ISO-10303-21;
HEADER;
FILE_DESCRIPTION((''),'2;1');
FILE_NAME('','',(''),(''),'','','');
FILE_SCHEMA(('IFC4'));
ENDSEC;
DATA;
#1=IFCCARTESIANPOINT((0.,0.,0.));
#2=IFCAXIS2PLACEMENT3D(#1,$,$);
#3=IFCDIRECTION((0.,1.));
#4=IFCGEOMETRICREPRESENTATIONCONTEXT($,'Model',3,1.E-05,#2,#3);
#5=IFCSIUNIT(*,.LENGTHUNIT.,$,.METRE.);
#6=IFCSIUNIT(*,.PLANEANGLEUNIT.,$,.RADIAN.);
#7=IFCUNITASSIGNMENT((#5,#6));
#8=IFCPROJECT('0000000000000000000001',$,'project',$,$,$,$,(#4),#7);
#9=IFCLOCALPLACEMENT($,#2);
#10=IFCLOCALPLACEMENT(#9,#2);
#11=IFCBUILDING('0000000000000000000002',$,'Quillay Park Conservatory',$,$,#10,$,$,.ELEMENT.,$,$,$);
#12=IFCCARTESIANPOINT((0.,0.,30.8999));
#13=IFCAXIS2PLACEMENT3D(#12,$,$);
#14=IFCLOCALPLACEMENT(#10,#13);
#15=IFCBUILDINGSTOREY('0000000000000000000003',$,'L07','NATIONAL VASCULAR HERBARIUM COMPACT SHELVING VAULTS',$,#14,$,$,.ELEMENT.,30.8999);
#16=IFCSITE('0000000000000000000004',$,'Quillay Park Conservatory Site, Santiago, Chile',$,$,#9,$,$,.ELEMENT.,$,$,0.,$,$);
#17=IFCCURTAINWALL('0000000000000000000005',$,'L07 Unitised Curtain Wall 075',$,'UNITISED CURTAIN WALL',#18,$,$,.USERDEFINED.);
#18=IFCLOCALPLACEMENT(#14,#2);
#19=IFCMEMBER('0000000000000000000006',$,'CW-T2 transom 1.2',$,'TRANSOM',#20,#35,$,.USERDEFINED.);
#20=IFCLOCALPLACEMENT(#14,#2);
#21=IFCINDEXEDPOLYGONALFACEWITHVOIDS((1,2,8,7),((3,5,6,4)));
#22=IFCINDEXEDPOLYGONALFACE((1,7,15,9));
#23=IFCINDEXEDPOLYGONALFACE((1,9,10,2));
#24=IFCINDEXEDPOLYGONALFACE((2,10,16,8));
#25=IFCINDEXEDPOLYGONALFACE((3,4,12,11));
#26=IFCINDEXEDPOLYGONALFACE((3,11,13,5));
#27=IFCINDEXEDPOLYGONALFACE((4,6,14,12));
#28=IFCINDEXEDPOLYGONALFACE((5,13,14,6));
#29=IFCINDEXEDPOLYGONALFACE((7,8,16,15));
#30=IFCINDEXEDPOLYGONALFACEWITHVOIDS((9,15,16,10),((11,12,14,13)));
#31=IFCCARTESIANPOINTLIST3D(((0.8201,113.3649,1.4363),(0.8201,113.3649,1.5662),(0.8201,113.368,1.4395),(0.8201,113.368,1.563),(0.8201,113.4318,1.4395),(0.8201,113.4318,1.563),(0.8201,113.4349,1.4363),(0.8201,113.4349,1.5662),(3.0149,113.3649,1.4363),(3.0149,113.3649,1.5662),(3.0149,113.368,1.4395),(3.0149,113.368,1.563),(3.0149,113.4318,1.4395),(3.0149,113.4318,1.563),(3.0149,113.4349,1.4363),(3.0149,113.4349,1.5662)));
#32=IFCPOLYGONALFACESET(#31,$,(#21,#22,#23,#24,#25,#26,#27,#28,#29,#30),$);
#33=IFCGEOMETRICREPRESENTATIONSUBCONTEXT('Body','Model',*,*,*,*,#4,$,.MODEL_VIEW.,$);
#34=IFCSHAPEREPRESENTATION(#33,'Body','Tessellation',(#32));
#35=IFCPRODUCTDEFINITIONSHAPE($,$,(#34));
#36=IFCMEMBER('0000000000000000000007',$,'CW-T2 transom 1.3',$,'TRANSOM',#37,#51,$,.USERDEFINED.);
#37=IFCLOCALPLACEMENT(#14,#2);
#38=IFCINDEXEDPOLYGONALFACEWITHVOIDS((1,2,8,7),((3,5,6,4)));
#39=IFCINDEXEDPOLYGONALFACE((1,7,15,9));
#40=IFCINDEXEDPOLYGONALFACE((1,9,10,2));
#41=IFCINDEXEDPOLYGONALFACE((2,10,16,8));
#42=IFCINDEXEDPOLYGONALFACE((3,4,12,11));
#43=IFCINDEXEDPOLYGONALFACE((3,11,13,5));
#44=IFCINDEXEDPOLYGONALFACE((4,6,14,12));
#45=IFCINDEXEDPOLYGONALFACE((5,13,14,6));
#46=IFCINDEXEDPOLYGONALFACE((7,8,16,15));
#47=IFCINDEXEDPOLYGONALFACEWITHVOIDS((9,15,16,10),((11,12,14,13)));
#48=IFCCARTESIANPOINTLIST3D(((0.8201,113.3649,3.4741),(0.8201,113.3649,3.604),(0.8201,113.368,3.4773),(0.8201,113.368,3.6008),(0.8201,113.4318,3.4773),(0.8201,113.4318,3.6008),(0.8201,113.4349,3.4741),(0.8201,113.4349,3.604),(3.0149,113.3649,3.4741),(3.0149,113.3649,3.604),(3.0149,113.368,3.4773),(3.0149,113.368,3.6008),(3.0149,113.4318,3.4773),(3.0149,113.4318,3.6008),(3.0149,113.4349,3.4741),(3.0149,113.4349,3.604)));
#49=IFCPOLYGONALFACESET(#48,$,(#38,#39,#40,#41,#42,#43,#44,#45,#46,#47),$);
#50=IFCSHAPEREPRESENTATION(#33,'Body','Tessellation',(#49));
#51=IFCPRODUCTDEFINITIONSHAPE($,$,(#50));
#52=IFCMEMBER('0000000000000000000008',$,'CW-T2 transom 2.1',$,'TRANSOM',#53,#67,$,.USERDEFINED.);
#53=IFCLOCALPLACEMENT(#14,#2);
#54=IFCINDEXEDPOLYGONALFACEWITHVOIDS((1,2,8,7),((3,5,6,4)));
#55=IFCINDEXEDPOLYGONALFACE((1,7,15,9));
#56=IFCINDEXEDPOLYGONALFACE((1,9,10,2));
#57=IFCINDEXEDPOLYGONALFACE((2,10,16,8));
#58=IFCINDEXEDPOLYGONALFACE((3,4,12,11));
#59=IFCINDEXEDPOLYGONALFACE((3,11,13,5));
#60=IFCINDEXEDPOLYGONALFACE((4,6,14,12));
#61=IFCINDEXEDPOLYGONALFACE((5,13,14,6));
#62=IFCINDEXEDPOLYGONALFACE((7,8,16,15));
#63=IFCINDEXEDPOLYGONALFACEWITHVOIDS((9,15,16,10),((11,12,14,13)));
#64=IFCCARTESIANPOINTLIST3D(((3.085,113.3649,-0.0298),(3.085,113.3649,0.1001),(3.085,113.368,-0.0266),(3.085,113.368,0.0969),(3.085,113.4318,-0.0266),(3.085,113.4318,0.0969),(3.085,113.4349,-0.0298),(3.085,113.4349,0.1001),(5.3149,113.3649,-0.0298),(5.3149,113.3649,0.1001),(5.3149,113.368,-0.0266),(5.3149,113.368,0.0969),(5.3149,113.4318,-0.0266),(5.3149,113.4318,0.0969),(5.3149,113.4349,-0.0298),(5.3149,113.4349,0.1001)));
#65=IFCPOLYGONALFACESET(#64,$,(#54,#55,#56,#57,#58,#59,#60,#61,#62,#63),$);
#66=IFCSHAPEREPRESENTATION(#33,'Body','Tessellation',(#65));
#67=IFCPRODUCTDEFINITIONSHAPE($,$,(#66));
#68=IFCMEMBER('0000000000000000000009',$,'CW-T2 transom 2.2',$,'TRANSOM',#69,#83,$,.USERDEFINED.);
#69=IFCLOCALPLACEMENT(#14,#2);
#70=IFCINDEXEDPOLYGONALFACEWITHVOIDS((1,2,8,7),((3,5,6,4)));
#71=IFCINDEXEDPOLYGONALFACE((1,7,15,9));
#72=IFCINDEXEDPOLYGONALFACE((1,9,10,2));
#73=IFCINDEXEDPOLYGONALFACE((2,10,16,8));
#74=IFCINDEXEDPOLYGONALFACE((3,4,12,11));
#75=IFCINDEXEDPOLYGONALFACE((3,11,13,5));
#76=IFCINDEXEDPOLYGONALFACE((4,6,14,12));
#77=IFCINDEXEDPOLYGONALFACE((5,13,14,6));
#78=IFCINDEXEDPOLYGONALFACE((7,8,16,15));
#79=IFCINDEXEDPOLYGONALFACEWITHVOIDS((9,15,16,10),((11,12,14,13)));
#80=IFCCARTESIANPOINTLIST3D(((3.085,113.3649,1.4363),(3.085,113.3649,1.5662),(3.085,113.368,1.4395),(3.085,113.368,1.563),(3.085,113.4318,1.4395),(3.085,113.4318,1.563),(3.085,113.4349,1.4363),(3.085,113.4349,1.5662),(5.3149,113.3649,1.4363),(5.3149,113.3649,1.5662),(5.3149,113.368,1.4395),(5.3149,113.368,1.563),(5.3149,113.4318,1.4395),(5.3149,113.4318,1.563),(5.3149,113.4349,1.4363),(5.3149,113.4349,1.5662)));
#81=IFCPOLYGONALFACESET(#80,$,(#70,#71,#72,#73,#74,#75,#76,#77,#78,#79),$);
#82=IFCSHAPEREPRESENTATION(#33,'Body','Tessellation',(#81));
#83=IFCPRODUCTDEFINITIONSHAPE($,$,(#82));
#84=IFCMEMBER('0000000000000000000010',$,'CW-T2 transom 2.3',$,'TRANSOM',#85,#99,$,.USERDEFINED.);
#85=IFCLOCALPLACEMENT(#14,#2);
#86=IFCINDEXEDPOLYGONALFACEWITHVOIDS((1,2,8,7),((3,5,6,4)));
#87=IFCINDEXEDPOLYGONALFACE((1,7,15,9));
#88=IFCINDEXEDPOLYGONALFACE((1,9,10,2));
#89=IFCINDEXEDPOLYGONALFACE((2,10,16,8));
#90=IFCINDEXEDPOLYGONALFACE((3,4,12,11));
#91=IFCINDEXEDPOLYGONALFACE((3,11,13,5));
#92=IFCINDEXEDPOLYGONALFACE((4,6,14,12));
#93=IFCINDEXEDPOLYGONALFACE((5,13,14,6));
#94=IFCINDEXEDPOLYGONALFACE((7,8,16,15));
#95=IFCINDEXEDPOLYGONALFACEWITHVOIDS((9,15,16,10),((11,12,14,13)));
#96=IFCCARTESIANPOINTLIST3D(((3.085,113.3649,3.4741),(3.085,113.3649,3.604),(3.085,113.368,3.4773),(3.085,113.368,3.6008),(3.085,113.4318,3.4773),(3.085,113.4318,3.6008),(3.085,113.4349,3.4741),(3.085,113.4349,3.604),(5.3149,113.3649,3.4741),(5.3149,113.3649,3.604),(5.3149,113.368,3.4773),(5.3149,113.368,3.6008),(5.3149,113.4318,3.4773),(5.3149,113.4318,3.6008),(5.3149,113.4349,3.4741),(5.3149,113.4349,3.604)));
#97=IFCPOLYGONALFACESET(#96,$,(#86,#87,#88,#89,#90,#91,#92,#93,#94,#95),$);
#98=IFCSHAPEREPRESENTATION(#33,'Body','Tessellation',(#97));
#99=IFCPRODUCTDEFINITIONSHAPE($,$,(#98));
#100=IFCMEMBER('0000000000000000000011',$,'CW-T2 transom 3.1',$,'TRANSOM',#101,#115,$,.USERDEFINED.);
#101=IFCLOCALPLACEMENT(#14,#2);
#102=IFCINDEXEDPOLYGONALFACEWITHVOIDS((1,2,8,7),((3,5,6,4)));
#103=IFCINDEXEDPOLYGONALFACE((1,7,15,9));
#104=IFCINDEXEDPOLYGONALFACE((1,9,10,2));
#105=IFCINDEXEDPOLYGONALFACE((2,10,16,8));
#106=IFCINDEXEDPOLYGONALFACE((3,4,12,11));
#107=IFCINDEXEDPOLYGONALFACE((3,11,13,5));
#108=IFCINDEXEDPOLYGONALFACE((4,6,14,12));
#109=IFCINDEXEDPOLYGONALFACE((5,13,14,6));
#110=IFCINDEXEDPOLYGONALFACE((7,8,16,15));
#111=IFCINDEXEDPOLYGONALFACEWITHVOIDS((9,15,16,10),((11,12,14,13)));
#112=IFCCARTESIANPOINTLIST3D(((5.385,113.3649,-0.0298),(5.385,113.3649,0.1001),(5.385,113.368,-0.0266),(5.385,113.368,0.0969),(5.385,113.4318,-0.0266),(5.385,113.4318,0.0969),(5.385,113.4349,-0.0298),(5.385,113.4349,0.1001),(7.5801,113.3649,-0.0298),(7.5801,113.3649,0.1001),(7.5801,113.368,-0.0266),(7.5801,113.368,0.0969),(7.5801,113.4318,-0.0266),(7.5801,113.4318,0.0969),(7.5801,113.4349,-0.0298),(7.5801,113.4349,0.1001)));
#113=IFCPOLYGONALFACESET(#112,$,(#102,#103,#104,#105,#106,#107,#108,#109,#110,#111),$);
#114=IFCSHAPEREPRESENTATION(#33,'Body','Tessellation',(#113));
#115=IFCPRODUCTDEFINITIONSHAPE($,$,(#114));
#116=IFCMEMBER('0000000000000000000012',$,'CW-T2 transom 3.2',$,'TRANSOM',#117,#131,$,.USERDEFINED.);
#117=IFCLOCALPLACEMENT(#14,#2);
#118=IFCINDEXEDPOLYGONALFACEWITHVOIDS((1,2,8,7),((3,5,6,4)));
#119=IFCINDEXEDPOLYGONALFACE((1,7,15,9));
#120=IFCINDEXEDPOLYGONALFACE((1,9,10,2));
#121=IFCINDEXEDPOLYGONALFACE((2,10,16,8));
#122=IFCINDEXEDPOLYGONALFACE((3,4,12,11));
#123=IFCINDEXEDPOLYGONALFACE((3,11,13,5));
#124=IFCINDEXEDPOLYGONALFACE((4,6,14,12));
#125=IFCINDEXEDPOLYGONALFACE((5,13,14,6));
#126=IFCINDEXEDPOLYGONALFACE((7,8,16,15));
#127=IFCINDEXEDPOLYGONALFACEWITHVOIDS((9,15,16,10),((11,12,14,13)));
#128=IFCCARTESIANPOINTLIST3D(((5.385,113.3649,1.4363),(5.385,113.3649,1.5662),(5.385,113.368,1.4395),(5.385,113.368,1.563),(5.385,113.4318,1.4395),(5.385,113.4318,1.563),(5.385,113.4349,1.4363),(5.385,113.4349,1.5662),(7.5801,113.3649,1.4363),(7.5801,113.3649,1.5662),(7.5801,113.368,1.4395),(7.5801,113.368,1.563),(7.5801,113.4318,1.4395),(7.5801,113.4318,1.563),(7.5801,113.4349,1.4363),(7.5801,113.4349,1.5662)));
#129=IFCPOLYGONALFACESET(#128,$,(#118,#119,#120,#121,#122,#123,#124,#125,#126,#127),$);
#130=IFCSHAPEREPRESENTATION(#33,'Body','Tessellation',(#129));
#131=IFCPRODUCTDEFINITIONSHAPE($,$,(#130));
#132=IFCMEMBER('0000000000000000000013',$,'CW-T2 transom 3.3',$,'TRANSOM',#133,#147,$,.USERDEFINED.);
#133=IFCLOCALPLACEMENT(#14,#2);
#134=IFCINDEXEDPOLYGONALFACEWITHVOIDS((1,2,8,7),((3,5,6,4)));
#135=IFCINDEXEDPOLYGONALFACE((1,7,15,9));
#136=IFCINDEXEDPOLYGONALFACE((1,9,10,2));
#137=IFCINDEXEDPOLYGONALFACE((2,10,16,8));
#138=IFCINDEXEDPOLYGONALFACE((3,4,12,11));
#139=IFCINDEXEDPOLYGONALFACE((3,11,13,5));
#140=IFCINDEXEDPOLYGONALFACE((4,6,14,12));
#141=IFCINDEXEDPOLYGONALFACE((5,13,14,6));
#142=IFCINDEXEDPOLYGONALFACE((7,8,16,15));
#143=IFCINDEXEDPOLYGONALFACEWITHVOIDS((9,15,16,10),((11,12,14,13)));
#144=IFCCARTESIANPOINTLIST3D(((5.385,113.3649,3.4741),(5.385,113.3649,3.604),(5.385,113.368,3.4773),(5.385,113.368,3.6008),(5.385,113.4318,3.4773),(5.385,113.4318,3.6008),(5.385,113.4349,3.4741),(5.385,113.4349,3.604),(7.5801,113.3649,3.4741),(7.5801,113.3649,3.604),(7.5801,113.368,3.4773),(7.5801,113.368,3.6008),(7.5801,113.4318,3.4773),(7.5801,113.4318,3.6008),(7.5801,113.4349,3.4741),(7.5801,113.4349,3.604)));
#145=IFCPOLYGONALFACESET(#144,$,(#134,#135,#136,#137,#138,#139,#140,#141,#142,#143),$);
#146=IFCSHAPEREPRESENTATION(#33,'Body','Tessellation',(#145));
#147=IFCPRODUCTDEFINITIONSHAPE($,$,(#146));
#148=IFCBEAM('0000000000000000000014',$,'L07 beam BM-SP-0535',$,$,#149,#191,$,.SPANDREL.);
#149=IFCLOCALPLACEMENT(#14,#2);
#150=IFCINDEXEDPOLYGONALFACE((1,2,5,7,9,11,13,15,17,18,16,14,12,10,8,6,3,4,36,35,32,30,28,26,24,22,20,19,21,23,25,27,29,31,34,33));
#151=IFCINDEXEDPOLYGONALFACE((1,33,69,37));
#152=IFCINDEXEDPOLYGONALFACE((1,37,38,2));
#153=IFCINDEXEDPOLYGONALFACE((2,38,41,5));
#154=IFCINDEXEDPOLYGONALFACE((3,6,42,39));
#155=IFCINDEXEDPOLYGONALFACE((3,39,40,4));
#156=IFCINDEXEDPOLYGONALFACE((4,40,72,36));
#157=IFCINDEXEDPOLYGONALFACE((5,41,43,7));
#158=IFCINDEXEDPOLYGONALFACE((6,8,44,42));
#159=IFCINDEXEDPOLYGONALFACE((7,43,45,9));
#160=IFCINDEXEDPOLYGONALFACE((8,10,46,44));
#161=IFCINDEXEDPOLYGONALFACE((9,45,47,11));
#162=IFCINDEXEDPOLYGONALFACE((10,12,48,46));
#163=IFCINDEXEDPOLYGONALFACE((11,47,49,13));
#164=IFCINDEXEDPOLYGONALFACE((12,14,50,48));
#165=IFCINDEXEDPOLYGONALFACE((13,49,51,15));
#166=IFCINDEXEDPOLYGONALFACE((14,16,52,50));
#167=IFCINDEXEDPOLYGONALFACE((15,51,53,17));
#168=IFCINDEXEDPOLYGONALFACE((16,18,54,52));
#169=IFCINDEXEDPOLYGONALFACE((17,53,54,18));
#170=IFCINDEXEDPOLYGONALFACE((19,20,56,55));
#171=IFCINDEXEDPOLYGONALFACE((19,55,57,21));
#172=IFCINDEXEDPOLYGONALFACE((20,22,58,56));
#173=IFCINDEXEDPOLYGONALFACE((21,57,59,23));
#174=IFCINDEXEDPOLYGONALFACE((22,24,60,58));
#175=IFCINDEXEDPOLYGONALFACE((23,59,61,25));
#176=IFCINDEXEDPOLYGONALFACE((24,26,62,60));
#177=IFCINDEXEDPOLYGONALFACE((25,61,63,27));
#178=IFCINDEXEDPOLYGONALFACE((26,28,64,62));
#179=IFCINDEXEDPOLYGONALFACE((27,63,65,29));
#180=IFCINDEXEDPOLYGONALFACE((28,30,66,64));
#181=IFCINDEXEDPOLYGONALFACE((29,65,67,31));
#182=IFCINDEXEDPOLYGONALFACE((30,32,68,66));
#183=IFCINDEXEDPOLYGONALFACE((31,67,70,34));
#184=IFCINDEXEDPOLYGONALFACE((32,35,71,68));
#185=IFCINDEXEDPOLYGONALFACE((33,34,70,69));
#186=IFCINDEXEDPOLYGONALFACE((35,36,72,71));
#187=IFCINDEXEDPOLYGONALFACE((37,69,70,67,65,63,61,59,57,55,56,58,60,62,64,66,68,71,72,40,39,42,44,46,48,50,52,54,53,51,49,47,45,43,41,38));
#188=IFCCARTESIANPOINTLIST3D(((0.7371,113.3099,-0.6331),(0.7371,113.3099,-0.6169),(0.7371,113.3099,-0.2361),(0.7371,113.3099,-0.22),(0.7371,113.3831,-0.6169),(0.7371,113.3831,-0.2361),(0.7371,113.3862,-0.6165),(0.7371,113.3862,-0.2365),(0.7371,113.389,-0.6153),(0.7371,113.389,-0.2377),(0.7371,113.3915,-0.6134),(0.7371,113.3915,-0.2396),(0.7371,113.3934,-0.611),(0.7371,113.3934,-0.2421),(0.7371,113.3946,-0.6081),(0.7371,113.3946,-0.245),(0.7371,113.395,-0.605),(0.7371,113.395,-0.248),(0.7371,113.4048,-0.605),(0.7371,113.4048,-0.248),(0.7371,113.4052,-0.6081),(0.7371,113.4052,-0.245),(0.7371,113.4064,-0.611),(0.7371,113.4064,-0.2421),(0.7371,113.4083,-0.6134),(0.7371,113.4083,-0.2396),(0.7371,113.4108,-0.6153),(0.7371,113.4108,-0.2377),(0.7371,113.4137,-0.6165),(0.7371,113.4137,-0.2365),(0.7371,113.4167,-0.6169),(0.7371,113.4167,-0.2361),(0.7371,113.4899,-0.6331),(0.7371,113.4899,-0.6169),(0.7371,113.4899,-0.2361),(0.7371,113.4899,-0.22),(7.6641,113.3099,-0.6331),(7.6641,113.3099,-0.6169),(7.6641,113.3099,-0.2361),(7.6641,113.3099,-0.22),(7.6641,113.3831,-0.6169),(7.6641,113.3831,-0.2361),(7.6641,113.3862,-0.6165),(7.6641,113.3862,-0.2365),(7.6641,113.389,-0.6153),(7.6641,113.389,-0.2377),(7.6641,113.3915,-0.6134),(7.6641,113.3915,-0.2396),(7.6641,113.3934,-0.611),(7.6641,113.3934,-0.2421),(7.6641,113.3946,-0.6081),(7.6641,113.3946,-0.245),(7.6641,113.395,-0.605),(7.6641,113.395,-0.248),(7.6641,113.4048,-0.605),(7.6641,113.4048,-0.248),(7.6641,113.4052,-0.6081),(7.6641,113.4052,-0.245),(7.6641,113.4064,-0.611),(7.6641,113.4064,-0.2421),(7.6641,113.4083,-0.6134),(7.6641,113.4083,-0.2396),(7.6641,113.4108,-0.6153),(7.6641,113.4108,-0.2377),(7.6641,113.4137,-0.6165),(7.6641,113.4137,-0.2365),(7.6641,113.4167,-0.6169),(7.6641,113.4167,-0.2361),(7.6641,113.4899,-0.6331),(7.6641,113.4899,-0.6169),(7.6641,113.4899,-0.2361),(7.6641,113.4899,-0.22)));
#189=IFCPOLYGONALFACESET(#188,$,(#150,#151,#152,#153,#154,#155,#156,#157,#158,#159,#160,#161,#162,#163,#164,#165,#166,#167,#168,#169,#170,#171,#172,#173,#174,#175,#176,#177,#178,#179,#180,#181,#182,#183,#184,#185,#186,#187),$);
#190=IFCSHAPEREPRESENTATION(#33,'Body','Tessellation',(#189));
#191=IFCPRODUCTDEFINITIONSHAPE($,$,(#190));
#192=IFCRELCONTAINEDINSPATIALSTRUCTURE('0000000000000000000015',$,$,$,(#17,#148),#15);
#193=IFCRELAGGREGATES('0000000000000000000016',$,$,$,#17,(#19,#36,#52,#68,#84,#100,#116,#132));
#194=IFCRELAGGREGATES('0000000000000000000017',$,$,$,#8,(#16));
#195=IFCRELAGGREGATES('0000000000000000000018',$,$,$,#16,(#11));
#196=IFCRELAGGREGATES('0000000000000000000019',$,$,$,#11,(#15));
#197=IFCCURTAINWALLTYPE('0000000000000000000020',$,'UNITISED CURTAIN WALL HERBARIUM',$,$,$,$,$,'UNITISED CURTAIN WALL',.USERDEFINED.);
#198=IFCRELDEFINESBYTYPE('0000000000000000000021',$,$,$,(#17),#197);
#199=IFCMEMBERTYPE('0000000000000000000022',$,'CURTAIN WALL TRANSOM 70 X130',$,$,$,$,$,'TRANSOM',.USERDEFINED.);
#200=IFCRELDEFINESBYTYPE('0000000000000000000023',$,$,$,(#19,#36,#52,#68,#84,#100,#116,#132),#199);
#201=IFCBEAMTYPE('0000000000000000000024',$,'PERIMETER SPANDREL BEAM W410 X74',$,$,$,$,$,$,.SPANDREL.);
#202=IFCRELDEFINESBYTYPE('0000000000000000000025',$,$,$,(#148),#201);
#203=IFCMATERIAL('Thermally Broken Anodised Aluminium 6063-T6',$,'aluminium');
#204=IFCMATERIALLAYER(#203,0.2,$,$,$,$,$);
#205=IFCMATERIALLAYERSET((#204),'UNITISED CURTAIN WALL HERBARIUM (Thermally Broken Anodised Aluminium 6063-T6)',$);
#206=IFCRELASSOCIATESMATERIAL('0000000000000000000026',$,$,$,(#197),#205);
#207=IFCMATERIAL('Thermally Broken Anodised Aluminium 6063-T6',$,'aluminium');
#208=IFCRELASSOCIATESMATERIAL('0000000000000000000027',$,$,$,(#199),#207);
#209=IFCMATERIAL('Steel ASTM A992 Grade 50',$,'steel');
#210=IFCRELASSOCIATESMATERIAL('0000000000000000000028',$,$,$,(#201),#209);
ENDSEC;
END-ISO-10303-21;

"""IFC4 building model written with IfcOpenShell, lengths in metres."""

from ifc_helpers import new_model, si_unit, direction, frame, origin, origin_2d, place, context, subcontext, project, spatial, hollow_rectangle, i_section, extrude, material, layer, layer_set, material_profile, profile_set, type_object, element, aggregate, save


model = new_model("IFC4")

# Units and contexts
model_context = context("Model", 3, precision=1e-05, world=origin(), true_north=direction((0.0, 1.0)))
body_context = subcontext(model_context, "Body", "Model", "MODEL_VIEW")
ifc_project = project(units=[si_unit("LENGTHUNIT", "METRE"), si_unit("PLANEANGLEUNIT", "RADIAN")], contexts=[model_context])

# Site, building, storey
site_placement = place(None, origin())
site = spatial("IfcSite", under=ifc_project, at=site_placement, Name="Quillay Park Conservatory Site, Santiago, Chile", CompositionType="ELEMENT", RefElevation=0.0)
building_placement = place(site_placement, origin())
building = spatial("IfcBuilding", under=site, at=building_placement, Name="Quillay Park Conservatory", CompositionType="ELEMENT")
storey_placement = place(building_placement, frame((0.0, 0.0, 30.8999)))
storey = spatial("IfcBuildingStorey", under=building, at=storey_placement, Name="L07", Description="NATIONAL VASCULAR HERBARIUM COMPACT SHELVING VAULTS", CompositionType="ELEMENT", Elevation=30.8999)

# Curtain wall, members
ifc_material_1 = material(Name="Thermally Broken Anodised Aluminium 6063-T6", Category="aluminium")
ifc_layer_1 = layer(ifc_material_1, 0.2)
ifc_layer_set_1 = layer_set([ifc_layer_1], Name="UNITISED CURTAIN WALL HERBARIUM (Thermally Broken Anodised Aluminium 6063-T6)")
curtain_wall_type = type_object("IfcCurtainWallType", Name="UNITISED CURTAIN WALL HERBARIUM", ElementType="UNITISED CURTAIN WALL", PredefinedType="USERDEFINED", material=ifc_layer_set_1)
curtain_wall_placement = place(storey_placement, origin())
curtain_wall = element("IfcCurtainWall", 1, at=curtain_wall_placement, inside=storey, type_object=curtain_wall_type, Name="L07 Unitised Curtain Wall 075", ObjectType="UNITISED CURTAIN WALL", PredefinedType="USERDEFINED")
ifc_material_2 = material(Name="Thermally Broken Anodised Aluminium 6063-T6", Category="aluminium")
ifc_material_profile_1 = material_profile(ifc_material_2, hollow_rectangle(XDim=0.0701, YDim=0.1299, WallThickness=0.0032, at=origin_2d()), Name="AL70x130x3.2")
ifc_profile_set_1 = profile_set([ifc_material_profile_1], Name="Thermally Broken Anodised Aluminium 6063-T6")
member_type_1 = type_object("IfcMemberType", Name="CURTAIN WALL TRANSOM 70 X130", ElementType="TRANSOM", PredefinedType="USERDEFINED", material=ifc_profile_set_1)
member_1_placement = place(storey_placement, frame((0.8201, 113.3999, 1.5012), z_axis=(1.0, 0.0, 0.0), x_axis=(0.0, 1.0, 0.0)))
member_1 = element("IfcMember", 2, at=member_1_placement, type_object=member_type_1, Name="CW-T2 transom 1.2", ObjectType="TRANSOM", PredefinedType="USERDEFINED", context=body_context, shape_type="SweptSolid", body=[
    extrude(hollow_rectangle(XDim=0.0701, YDim=0.1299, WallThickness=0.0032, at=origin_2d()), origin(), (0.0, 0.0, 1.0), 2.1948),
])
member_2_placement = place(storey_placement, frame((0.8201, 113.3999, 3.5391), z_axis=(1.0, 0.0, 0.0), x_axis=(0.0, 1.0, 0.0)))
member_2 = element("IfcMember", 3, at=member_2_placement, type_object=member_type_1, Name="CW-T2 transom 1.3", ObjectType="TRANSOM", PredefinedType="USERDEFINED", context=body_context, shape_type="SweptSolid", body=[
    extrude(hollow_rectangle(XDim=0.0701, YDim=0.1299, WallThickness=0.0032, at=origin_2d()), origin(), (0.0, 0.0, 1.0), 2.1948),
])
member_3_placement = place(storey_placement, frame((3.085, 113.3999, 0.0352), z_axis=(1.0, 0.0, 0.0), x_axis=(0.0, 1.0, 0.0)))
member_3 = element("IfcMember", 4, at=member_3_placement, type_object=member_type_1, Name="CW-T2 transom 2.1", ObjectType="TRANSOM", PredefinedType="USERDEFINED", context=body_context, shape_type="SweptSolid", body=[
    extrude(hollow_rectangle(XDim=0.0701, YDim=0.1299, WallThickness=0.0032, at=origin_2d()), origin(), (0.0, 0.0, 1.0), 2.23),
])
member_4_placement = place(storey_placement, frame((3.085, 113.3999, 1.5012), z_axis=(1.0, 0.0, 0.0), x_axis=(0.0, 1.0, 0.0)))
member_4 = element("IfcMember", 5, at=member_4_placement, type_object=member_type_1, Name="CW-T2 transom 2.2", ObjectType="TRANSOM", PredefinedType="USERDEFINED", context=body_context, shape_type="SweptSolid", body=[
    extrude(hollow_rectangle(XDim=0.0701, YDim=0.1299, WallThickness=0.0032, at=origin_2d()), origin(), (0.0, 0.0, 1.0), 2.23),
])
member_5_placement = place(storey_placement, frame((3.085, 113.3999, 3.5391), z_axis=(1.0, 0.0, 0.0), x_axis=(0.0, 1.0, 0.0)))
member_5 = element("IfcMember", 6, at=member_5_placement, type_object=member_type_1, Name="CW-T2 transom 2.3", ObjectType="TRANSOM", PredefinedType="USERDEFINED", context=body_context, shape_type="SweptSolid", body=[
    extrude(hollow_rectangle(XDim=0.0701, YDim=0.1299, WallThickness=0.0032, at=origin_2d()), origin(), (0.0, 0.0, 1.0), 2.23),
])
member_6_placement = place(storey_placement, frame((5.385, 113.3999, 0.0352), z_axis=(1.0, 0.0, 0.0), x_axis=(0.0, 1.0, 0.0)))
member_6 = element("IfcMember", 7, at=member_6_placement, type_object=member_type_1, Name="CW-T2 transom 3.1", ObjectType="TRANSOM", PredefinedType="USERDEFINED", context=body_context, shape_type="SweptSolid", body=[
    extrude(hollow_rectangle(XDim=0.0701, YDim=0.1299, WallThickness=0.0032, at=origin_2d()), origin(), (0.0, 0.0, 1.0), 2.1951),
])
member_7_placement = place(storey_placement, frame((5.385, 113.3999, 1.5012), z_axis=(1.0, 0.0, 0.0), x_axis=(0.0, 1.0, 0.0)))
member_7 = element("IfcMember", 8, at=member_7_placement, type_object=member_type_1, Name="CW-T2 transom 3.2", ObjectType="TRANSOM", PredefinedType="USERDEFINED", context=body_context, shape_type="SweptSolid", body=[
    extrude(hollow_rectangle(XDim=0.0701, YDim=0.1299, WallThickness=0.0032, at=origin_2d()), origin(), (0.0, 0.0, 1.0), 2.1951),
])
member_8_placement = place(storey_placement, frame((5.385, 113.3999, 3.5391), z_axis=(1.0, 0.0, 0.0), x_axis=(0.0, 1.0, 0.0)))
member_8 = element("IfcMember", 9, at=member_8_placement, type_object=member_type_1, Name="CW-T2 transom 3.3", ObjectType="TRANSOM", PredefinedType="USERDEFINED", context=body_context, shape_type="SweptSolid", body=[
    extrude(hollow_rectangle(XDim=0.0701, YDim=0.1299, WallThickness=0.0032, at=origin_2d()), origin(), (0.0, 0.0, 1.0), 2.1951),
])

# Beam
ifc_material_3 = material(Name="Steel ASTM A992 Grade 50", Category="steel")
ifc_material_profile_2 = material_profile(ifc_material_3, i_section(OverallWidth=0.1799, OverallDepth=0.4131, WebThickness=0.0098, FlangeThickness=0.0161, FilletRadius=0.012, at=origin_2d()), Name="W410x74")
ifc_profile_set_2 = profile_set([ifc_material_profile_2], Name="Steel ASTM A992 Grade 50")
beam_type = type_object("IfcBeamType", Name="PERIMETER SPANDREL BEAM W410 X74", PredefinedType="SPANDREL", material=ifc_profile_set_2)
beam_placement = place(storey_placement, frame((0.7371, 113.3999, -0.4265), z_axis=(1.0, 0.0, 0.0), x_axis=(0.0, 1.0, 0.0)))
element("IfcBeam", 10, at=beam_placement, inside=storey, type_object=beam_type, Name="L07 beam BM-SP-0535", PredefinedType="SPANDREL", context=body_context, shape_type="SweptSolid", body=[
    extrude(i_section(OverallWidth=0.1799, OverallDepth=0.4131, WebThickness=0.0098, FlangeThickness=0.0161, FilletRadius=0.012, at=origin_2d()), origin(), (0.0, 0.0, 1.0), 6.927),
])

aggregate(curtain_wall, [member_1, member_2, member_3, member_4, member_5, member_6, member_7, member_8])

save(model, "model.ifc")
